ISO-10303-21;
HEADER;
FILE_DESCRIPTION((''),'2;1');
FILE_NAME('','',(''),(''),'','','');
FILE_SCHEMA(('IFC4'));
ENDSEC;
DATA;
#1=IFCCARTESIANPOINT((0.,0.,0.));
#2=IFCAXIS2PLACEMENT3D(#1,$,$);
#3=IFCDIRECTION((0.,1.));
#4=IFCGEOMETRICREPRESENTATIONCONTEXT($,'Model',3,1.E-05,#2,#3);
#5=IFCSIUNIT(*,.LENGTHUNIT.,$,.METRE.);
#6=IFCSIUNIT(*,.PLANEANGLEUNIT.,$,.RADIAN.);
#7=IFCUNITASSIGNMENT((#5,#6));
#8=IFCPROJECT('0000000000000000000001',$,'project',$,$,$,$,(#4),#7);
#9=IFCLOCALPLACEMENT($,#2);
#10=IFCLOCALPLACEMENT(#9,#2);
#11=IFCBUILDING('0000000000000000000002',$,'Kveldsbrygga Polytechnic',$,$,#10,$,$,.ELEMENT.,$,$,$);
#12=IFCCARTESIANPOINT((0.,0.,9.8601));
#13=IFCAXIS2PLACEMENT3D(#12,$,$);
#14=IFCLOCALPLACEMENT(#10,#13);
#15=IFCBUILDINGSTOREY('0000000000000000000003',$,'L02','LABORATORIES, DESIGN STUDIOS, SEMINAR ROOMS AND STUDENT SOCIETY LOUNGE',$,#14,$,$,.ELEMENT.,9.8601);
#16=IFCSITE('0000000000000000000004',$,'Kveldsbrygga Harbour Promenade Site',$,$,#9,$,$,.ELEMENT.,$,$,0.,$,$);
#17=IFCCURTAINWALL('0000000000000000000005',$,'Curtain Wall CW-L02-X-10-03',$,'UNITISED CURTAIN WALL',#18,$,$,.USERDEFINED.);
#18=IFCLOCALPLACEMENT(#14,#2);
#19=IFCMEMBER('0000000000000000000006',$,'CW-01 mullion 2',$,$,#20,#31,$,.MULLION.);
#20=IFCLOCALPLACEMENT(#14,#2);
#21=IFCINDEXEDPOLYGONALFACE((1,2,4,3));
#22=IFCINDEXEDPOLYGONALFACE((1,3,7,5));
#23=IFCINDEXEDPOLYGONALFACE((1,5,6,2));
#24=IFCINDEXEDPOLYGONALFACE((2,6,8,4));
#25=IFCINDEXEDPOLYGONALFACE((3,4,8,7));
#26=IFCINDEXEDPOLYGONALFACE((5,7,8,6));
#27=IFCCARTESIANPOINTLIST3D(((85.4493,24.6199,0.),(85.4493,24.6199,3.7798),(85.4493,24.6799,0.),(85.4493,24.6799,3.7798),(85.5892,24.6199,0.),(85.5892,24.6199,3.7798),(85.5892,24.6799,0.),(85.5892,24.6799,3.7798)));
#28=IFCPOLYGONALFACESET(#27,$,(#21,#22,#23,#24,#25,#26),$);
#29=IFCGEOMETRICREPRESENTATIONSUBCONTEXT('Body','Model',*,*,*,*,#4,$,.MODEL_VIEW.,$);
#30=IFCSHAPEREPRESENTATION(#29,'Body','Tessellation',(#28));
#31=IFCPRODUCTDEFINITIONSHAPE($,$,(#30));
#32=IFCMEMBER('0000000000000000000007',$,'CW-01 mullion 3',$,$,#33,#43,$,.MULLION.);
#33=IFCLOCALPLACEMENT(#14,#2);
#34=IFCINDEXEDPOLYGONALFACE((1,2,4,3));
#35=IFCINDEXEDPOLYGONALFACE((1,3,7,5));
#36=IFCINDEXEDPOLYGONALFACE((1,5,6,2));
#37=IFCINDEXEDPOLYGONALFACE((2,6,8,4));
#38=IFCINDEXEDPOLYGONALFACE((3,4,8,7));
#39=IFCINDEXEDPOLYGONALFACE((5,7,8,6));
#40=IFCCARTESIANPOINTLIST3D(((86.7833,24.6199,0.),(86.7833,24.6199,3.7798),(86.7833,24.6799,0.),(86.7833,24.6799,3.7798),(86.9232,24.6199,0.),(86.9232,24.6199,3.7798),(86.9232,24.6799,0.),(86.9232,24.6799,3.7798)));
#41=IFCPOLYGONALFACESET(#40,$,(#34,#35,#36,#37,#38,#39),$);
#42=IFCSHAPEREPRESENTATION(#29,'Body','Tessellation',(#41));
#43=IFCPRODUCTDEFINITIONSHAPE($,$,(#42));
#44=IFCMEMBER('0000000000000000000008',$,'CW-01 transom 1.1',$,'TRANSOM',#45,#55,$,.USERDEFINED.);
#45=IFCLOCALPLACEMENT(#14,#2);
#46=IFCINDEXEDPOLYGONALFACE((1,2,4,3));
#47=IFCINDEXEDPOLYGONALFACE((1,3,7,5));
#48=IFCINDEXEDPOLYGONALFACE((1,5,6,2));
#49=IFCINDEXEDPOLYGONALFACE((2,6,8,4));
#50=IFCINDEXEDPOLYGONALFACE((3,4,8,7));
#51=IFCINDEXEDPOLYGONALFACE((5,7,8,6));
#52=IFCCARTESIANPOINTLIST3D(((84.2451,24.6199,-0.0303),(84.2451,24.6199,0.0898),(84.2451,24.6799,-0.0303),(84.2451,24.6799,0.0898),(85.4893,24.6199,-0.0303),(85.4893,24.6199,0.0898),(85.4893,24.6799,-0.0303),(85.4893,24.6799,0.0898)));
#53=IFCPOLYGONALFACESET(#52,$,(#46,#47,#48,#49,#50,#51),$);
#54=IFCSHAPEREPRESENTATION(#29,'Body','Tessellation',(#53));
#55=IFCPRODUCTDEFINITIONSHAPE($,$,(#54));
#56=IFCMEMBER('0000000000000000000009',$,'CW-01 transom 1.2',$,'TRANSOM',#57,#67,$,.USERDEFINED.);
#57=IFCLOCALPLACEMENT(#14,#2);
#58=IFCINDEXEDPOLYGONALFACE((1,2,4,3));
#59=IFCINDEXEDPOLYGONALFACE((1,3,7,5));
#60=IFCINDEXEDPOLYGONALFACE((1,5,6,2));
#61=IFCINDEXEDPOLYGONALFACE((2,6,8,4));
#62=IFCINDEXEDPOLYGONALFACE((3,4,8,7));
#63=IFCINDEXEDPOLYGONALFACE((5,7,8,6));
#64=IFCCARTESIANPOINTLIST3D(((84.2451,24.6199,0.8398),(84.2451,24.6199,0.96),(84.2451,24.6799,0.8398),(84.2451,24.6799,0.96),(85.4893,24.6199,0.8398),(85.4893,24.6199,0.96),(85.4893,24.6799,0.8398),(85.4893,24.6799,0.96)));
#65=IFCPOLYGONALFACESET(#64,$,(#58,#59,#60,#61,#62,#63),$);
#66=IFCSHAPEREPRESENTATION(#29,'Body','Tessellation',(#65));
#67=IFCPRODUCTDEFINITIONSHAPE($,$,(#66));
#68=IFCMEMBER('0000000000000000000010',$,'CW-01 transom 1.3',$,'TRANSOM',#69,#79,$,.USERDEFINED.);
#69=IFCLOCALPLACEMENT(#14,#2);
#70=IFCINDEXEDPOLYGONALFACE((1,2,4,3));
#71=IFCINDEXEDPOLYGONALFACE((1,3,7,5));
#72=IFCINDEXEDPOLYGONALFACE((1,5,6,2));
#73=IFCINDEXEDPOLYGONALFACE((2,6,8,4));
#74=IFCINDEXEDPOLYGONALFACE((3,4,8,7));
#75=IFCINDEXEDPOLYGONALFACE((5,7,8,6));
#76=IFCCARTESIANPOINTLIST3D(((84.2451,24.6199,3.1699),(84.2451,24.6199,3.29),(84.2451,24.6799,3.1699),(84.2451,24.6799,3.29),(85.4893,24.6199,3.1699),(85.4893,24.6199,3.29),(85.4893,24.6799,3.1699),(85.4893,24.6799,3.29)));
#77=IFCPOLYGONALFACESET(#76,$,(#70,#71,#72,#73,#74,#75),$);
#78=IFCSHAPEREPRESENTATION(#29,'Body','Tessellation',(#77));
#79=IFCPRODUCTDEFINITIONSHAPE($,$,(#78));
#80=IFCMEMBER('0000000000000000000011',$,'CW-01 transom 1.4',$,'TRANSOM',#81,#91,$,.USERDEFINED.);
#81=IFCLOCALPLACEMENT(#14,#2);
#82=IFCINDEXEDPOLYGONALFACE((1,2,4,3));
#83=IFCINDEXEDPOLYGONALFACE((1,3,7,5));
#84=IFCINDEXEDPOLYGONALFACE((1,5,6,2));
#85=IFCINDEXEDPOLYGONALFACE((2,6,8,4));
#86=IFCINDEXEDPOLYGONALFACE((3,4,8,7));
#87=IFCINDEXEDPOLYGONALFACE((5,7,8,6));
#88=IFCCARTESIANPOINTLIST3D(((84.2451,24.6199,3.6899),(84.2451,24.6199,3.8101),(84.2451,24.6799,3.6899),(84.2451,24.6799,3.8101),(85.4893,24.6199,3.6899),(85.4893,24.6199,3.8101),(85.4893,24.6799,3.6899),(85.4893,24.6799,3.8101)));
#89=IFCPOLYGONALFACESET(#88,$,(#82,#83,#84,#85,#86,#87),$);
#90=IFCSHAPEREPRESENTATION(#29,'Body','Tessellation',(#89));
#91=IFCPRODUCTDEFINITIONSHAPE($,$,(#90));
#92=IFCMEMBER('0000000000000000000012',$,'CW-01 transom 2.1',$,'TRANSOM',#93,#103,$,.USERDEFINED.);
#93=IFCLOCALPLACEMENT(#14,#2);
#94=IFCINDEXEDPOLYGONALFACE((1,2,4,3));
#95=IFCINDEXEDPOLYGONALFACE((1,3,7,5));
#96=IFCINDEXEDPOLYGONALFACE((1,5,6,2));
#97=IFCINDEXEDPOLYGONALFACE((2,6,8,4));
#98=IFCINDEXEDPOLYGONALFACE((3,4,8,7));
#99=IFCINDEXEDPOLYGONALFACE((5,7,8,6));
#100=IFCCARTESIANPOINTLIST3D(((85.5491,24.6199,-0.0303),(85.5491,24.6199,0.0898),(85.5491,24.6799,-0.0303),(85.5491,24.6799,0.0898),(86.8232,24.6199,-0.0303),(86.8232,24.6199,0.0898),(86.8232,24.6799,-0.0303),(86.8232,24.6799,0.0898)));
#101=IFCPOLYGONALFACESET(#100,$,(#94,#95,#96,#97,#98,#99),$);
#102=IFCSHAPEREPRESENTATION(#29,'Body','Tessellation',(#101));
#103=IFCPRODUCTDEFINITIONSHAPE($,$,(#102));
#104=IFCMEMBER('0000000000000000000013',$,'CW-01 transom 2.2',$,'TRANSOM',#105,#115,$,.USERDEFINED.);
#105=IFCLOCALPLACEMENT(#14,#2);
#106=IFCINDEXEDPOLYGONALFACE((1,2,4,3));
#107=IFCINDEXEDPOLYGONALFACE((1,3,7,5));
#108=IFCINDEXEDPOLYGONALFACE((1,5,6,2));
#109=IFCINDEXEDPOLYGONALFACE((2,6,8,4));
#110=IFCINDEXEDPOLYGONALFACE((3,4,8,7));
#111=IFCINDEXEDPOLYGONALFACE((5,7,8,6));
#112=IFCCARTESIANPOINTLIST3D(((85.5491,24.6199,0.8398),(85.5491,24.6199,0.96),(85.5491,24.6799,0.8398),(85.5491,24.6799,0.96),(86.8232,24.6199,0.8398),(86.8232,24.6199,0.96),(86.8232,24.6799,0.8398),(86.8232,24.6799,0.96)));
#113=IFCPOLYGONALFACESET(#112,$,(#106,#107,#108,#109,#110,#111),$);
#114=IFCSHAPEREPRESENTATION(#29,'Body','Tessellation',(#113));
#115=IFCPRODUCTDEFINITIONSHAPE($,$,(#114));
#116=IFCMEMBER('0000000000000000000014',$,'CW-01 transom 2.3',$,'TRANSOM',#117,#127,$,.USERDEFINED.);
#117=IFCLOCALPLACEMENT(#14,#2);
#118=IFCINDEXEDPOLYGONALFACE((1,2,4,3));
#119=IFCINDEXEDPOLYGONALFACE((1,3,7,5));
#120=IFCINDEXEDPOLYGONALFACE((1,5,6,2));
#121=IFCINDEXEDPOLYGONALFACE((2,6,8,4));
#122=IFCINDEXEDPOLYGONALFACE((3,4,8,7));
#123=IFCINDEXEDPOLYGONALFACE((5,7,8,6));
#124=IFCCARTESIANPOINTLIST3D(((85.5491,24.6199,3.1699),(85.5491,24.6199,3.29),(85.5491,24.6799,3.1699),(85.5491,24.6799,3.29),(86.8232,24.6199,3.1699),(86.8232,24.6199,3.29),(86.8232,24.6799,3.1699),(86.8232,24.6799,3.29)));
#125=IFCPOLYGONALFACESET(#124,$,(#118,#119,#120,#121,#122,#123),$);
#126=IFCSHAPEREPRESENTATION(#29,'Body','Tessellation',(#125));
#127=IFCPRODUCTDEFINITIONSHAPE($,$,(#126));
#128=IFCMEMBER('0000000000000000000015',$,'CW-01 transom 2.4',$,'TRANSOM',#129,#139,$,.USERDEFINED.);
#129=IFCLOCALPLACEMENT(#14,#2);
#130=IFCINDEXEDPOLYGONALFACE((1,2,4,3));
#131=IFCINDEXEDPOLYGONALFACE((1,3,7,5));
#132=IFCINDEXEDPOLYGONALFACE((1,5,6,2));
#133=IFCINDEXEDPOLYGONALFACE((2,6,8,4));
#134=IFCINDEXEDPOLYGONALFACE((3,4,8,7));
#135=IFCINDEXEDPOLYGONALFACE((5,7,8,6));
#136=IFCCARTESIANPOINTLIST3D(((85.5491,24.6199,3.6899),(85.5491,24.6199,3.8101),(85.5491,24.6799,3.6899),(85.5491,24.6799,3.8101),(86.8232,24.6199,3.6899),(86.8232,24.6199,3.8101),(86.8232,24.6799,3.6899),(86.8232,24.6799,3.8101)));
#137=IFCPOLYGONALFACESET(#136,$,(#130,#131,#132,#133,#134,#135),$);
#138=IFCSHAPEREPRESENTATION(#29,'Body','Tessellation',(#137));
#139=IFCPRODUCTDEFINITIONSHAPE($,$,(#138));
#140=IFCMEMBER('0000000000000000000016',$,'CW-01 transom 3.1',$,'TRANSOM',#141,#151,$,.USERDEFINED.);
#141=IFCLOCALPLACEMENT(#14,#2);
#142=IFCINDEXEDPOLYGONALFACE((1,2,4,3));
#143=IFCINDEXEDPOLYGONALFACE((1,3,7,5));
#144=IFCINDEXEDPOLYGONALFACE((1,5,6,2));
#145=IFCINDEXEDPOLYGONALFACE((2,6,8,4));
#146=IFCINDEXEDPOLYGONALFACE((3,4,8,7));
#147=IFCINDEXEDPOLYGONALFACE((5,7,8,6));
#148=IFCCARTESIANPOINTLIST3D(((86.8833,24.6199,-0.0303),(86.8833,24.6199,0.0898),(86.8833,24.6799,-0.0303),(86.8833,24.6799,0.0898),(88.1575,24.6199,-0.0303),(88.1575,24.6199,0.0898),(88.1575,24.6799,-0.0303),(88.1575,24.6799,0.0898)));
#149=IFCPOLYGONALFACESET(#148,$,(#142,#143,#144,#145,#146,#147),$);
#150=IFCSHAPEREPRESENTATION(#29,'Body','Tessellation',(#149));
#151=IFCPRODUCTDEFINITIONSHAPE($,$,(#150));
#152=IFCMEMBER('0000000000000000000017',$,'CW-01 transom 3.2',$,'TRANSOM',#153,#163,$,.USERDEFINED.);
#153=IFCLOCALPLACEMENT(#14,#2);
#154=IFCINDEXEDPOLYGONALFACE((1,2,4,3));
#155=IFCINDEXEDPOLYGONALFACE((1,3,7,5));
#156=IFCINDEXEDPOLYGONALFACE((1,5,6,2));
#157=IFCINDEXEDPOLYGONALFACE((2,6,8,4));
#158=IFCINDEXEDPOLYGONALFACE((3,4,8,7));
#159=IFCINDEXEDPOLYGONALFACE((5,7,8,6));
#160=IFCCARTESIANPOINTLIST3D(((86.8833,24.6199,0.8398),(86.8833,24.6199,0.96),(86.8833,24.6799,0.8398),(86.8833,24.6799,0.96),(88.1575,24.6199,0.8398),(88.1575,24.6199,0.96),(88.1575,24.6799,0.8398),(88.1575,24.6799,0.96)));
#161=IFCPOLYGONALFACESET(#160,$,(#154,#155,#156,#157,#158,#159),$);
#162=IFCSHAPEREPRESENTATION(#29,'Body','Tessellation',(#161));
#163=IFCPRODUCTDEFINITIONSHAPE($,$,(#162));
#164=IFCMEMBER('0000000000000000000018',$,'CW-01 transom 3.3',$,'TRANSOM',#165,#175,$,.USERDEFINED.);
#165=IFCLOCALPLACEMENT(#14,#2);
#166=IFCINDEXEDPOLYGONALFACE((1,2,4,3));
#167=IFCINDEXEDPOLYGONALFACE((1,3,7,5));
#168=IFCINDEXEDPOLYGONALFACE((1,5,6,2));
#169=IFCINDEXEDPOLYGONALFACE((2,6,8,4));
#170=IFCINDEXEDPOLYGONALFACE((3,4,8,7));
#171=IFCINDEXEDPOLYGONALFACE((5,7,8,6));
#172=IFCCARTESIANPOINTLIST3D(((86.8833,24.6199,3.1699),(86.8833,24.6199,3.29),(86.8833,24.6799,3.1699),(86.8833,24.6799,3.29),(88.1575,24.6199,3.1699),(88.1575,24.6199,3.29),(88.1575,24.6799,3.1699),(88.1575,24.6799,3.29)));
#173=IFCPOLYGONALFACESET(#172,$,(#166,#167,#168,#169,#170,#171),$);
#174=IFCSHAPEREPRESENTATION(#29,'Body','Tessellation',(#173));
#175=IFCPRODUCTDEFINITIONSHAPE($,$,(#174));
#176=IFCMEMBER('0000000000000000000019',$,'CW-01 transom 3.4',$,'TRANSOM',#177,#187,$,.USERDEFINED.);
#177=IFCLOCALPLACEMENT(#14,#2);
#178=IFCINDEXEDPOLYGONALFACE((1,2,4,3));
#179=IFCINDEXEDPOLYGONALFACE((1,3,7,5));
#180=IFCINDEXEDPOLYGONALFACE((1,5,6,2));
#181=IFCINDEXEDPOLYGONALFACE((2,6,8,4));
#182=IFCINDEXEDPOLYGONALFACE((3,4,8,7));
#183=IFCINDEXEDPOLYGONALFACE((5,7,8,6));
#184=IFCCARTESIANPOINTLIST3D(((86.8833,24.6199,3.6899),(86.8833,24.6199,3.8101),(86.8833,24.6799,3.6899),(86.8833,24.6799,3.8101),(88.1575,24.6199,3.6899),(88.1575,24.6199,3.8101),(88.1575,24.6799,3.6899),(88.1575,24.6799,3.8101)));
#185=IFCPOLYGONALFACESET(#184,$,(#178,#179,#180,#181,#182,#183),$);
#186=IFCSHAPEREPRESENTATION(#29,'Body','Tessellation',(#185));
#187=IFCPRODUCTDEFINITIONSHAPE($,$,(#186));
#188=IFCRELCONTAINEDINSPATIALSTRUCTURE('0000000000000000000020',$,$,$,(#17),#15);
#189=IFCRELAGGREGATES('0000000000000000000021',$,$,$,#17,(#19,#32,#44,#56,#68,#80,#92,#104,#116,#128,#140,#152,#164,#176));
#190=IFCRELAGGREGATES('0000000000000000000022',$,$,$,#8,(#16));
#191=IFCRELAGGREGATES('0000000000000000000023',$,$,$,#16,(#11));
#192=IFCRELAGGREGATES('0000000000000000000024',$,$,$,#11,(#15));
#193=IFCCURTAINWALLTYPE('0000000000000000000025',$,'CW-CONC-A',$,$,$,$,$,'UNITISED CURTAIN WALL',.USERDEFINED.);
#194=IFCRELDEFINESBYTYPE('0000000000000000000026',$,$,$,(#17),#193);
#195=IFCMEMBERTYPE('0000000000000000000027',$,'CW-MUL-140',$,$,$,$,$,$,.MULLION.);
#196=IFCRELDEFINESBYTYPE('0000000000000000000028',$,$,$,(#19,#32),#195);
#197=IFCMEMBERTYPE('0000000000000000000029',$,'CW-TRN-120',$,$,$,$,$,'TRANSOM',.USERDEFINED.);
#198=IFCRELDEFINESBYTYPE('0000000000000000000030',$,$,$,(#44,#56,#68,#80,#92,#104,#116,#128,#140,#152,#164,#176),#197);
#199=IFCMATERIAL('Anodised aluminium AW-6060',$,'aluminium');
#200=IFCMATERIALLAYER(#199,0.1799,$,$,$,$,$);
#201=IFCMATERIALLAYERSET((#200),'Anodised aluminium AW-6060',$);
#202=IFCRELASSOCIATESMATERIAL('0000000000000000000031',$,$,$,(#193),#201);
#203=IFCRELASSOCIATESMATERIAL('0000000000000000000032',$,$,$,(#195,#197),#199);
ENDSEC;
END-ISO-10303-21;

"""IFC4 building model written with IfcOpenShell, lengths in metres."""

from ifc_helpers import new_model, si_unit, direction, frame, origin, origin_2d, place, context, subcontext, project, spatial, rectangle, extrude, material, layer, layer_set, material_profile, profile_set, type_object, element, aggregate, save


model = new_model("IFC4")

# Units and contexts
model_context = context("Model", 3, precision=1e-05, world=origin(), true_north=direction((0.0, 1.0)))
body_context = subcontext(model_context, "Body", "Model", "MODEL_VIEW")
ifc_project = project(units=[si_unit("LENGTHUNIT", "METRE"), si_unit("PLANEANGLEUNIT", "RADIAN")], contexts=[model_context])

# Site, building, storey
site_placement = place(None, origin())
site = spatial("IfcSite", under=ifc_project, at=site_placement, Name="Kveldsbrygga Harbour Promenade Site", CompositionType="ELEMENT", RefElevation=0.0)
building_placement = place(site_placement, origin())
building = spatial("IfcBuilding", under=site, at=building_placement, Name="Kveldsbrygga Polytechnic", CompositionType="ELEMENT")
storey_placement = place(building_placement, frame((0.0, 0.0, 9.8601)))
storey = spatial("IfcBuildingStorey", under=building, at=storey_placement, Name="L02", Description="LABORATORIES, DESIGN STUDIOS, SEMINAR ROOMS AND STUDENT SOCIETY LOUNGE", CompositionType="ELEMENT", Elevation=9.8601)

# Curtain wall, members
ifc_material_1 = material(Name="Anodised aluminium AW-6060", Category="aluminium")
ifc_layer_1 = layer(ifc_material_1, 0.1799)
ifc_layer_set_1 = layer_set([ifc_layer_1], Name="Anodised aluminium AW-6060")
curtain_wall_type = type_object("IfcCurtainWallType", Name="CW-CONC-A", ElementType="UNITISED CURTAIN WALL", PredefinedType="USERDEFINED", material=ifc_layer_set_1)
curtain_wall_placement = place(storey_placement, origin())
curtain_wall = element("IfcCurtainWall", 1, at=curtain_wall_placement, inside=storey, type_object=curtain_wall_type, Name="Curtain Wall CW-L02-X-10-03", ObjectType="UNITISED CURTAIN WALL", PredefinedType="USERDEFINED")
ifc_material_profile_1 = material_profile(ifc_material_1, rectangle(XDim=0.0601, YDim=0.1399, at=origin_2d()), Name="ALU 60x140")
ifc_profile_set_1 = profile_set([ifc_material_profile_1], Name="Anodised aluminium AW-6060")
member_type_1 = type_object("IfcMemberType", Name="CW-MUL-140", PredefinedType="MULLION", material=ifc_profile_set_1)
member_1_placement = place(storey_placement, frame((85.5193, 24.6499, 0.0), z_axis=(0.0, 0.0, 1.0), x_axis=(0.0, 1.0, 0.0)))
member_1 = element("IfcMember", 2, at=member_1_placement, type_object=member_type_1, Name="CW-01 mullion 2", PredefinedType="MULLION", context=body_context, shape_type="SweptSolid", body=[
    extrude(rectangle(XDim=0.0601, YDim=0.1399, at=origin_2d()), origin(), (0.0, 0.0, 1.0), 3.7798),
])
member_2_placement = place(storey_placement, frame((86.8533, 24.6499, 0.0), z_axis=(0.0, 0.0, 1.0), x_axis=(0.0, 1.0, 0.0)))
member_2 = element("IfcMember", 3, at=member_2_placement, type_object=member_type_1, Name="CW-01 mullion 3", PredefinedType="MULLION", context=body_context, shape_type="SweptSolid", body=[
    extrude(rectangle(XDim=0.0601, YDim=0.1399, at=origin_2d()), origin(), (0.0, 0.0, 1.0), 3.7798),
])
ifc_material_profile_2 = material_profile(ifc_material_1, rectangle(XDim=0.0601, YDim=0.1201, at=origin_2d()), Name="ALU 60x120")
ifc_profile_set_2 = profile_set([ifc_material_profile_2], Name="Anodised aluminium AW-6060")
member_type_2 = type_object("IfcMemberType", Name="CW-TRN-120", ElementType="TRANSOM", PredefinedType="USERDEFINED", material=ifc_profile_set_2)
member_3_placement = place(storey_placement, frame((84.2451, 24.6499, 0.0298), z_axis=(1.0, 0.0, 0.0), x_axis=(0.0, 1.0, 0.0)))
member_3 = element("IfcMember", 4, at=member_3_placement, type_object=member_type_2, Name="CW-01 transom 1.1", ObjectType="TRANSOM", PredefinedType="USERDEFINED", context=body_context, shape_type="SweptSolid", body=[
    extrude(rectangle(XDim=0.0601, YDim=0.1201, at=origin_2d()), origin(), (0.0, 0.0, 1.0), 1.2441),
])
member_4_placement = place(storey_placement, frame((84.2451, 24.6499, 0.8999), z_axis=(1.0, 0.0, 0.0), x_axis=(0.0, 1.0, 0.0)))
member_4 = element("IfcMember", 5, at=member_4_placement, type_object=member_type_2, Name="CW-01 transom 1.2", ObjectType="TRANSOM", PredefinedType="USERDEFINED", context=body_context, shape_type="SweptSolid", body=[
    extrude(rectangle(XDim=0.0601, YDim=0.1201, at=origin_2d()), origin(), (0.0, 0.0, 1.0), 1.2441),
])
member_5_placement = place(storey_placement, frame((84.2451, 24.6499, 3.23), z_axis=(1.0, 0.0, 0.0), x_axis=(0.0, 1.0, 0.0)))
member_5 = element("IfcMember", 6, at=member_5_placement, type_object=member_type_2, Name="CW-01 transom 1.3", ObjectType="TRANSOM", PredefinedType="USERDEFINED", context=body_context, shape_type="SweptSolid", body=[
    extrude(rectangle(XDim=0.0601, YDim=0.1201, at=origin_2d()), origin(), (0.0, 0.0, 1.0), 1.2441),
])
member_6_placement = place(storey_placement, frame((84.2451, 24.6499, 3.75), z_axis=(1.0, 0.0, 0.0), x_axis=(0.0, 1.0, 0.0)))
member_6 = element("IfcMember", 7, at=member_6_placement, type_object=member_type_2, Name="CW-01 transom 1.4", ObjectType="TRANSOM", PredefinedType="USERDEFINED", context=body_context, shape_type="SweptSolid", body=[
    extrude(rectangle(XDim=0.0601, YDim=0.1201, at=origin_2d()), origin(), (0.0, 0.0, 1.0), 1.2441),
])
member_7_placement = place(storey_placement, frame((85.5491, 24.6499, 0.0298), z_axis=(1.0, 0.0, 0.0), x_axis=(0.0, 1.0, 0.0)))
member_7 = element("IfcMember", 8, at=member_7_placement, type_object=member_type_2, Name="CW-01 transom 2.1", ObjectType="TRANSOM", PredefinedType="USERDEFINED", context=body_context, shape_type="SweptSolid", body=[
    extrude(rectangle(XDim=0.0601, YDim=0.1201, at=origin_2d()), origin(), (0.0, 0.0, 1.0), 1.2742),
])
member_8_placement = place(storey_placement, frame((85.5491, 24.6499, 0.8999), z_axis=(1.0, 0.0, 0.0), x_axis=(0.0, 1.0, 0.0)))
member_8 = element("IfcMember", 9, at=member_8_placement, type_object=member_type_2, Name="CW-01 transom 2.2", ObjectType="TRANSOM", PredefinedType="USERDEFINED", context=body_context, shape_type="SweptSolid", body=[
    extrude(rectangle(XDim=0.0601, YDim=0.1201, at=origin_2d()), origin(), (0.0, 0.0, 1.0), 1.2742),
])
member_9_placement = place(storey_placement, frame((85.5491, 24.6499, 3.23), z_axis=(1.0, 0.0, 0.0), x_axis=(0.0, 1.0, 0.0)))
member_9 = element("IfcMember", 10, at=member_9_placement, type_object=member_type_2, Name="CW-01 transom 2.3", ObjectType="TRANSOM", PredefinedType="USERDEFINED", context=body_context, shape_type="SweptSolid", body=[
    extrude(rectangle(XDim=0.0601, YDim=0.1201, at=origin_2d()), origin(), (0.0, 0.0, 1.0), 1.2742),
])
member_10_placement = place(storey_placement, frame((85.5491, 24.6499, 3.75), z_axis=(1.0, 0.0, 0.0), x_axis=(0.0, 1.0, 0.0)))
member_10 = element("IfcMember", 11, at=member_10_placement, type_object=member_type_2, Name="CW-01 transom 2.4", ObjectType="TRANSOM", PredefinedType="USERDEFINED", context=body_context, shape_type="SweptSolid", body=[
    extrude(rectangle(XDim=0.0601, YDim=0.1201, at=origin_2d()), origin(), (0.0, 0.0, 1.0), 1.2742),
])
member_11_placement = place(storey_placement, frame((86.8833, 24.6499, 0.0298), z_axis=(1.0, 0.0, 0.0), x_axis=(0.0, 1.0, 0.0)))
member_11 = element("IfcMember", 12, at=member_11_placement, type_object=member_type_2, Name="CW-01 transom 3.1", ObjectType="TRANSOM", PredefinedType="USERDEFINED", context=body_context, shape_type="SweptSolid", body=[
    extrude(rectangle(XDim=0.0601, YDim=0.1201, at=origin_2d()), origin(), (0.0, 0.0, 1.0), 1.2742),
])
member_12_placement = place(storey_placement, frame((86.8833, 24.6499, 0.8999), z_axis=(1.0, 0.0, 0.0), x_axis=(0.0, 1.0, 0.0)))
member_12 = element("IfcMember", 13, at=member_12_placement, type_object=member_type_2, Name="CW-01 transom 3.2", ObjectType="TRANSOM", PredefinedType="USERDEFINED", context=body_context, shape_type="SweptSolid", body=[
    extrude(rectangle(XDim=0.0601, YDim=0.1201, at=origin_2d()), origin(), (0.0, 0.0, 1.0), 1.2742),
])
member_13_placement = place(storey_placement, frame((86.8833, 24.6499, 3.23), z_axis=(1.0, 0.0, 0.0), x_axis=(0.0, 1.0, 0.0)))
member_13 = element("IfcMember", 14, at=member_13_placement, type_object=member_type_2, Name="CW-01 transom 3.3", ObjectType="TRANSOM", PredefinedType="USERDEFINED", context=body_context, shape_type="SweptSolid", body=[
    extrude(rectangle(XDim=0.0601, YDim=0.1201, at=origin_2d()), origin(), (0.0, 0.0, 1.0), 1.2742),
])
member_14_placement = place(storey_placement, frame((86.8833, 24.6499, 3.75), z_axis=(1.0, 0.0, 0.0), x_axis=(0.0, 1.0, 0.0)))
member_14 = element("IfcMember", 15, at=member_14_placement, type_object=member_type_2, Name="CW-01 transom 3.4", ObjectType="TRANSOM", PredefinedType="USERDEFINED", context=body_context, shape_type="SweptSolid", body=[
    extrude(rectangle(XDim=0.0601, YDim=0.1201, at=origin_2d()), origin(), (0.0, 0.0, 1.0), 1.2742),
])
aggregate(curtain_wall, [member_1, member_2, member_3, member_4, member_5, member_6, member_7, member_8, member_9, member_10, member_11, member_12, member_13, member_14])

save(model, "model.ifc")
